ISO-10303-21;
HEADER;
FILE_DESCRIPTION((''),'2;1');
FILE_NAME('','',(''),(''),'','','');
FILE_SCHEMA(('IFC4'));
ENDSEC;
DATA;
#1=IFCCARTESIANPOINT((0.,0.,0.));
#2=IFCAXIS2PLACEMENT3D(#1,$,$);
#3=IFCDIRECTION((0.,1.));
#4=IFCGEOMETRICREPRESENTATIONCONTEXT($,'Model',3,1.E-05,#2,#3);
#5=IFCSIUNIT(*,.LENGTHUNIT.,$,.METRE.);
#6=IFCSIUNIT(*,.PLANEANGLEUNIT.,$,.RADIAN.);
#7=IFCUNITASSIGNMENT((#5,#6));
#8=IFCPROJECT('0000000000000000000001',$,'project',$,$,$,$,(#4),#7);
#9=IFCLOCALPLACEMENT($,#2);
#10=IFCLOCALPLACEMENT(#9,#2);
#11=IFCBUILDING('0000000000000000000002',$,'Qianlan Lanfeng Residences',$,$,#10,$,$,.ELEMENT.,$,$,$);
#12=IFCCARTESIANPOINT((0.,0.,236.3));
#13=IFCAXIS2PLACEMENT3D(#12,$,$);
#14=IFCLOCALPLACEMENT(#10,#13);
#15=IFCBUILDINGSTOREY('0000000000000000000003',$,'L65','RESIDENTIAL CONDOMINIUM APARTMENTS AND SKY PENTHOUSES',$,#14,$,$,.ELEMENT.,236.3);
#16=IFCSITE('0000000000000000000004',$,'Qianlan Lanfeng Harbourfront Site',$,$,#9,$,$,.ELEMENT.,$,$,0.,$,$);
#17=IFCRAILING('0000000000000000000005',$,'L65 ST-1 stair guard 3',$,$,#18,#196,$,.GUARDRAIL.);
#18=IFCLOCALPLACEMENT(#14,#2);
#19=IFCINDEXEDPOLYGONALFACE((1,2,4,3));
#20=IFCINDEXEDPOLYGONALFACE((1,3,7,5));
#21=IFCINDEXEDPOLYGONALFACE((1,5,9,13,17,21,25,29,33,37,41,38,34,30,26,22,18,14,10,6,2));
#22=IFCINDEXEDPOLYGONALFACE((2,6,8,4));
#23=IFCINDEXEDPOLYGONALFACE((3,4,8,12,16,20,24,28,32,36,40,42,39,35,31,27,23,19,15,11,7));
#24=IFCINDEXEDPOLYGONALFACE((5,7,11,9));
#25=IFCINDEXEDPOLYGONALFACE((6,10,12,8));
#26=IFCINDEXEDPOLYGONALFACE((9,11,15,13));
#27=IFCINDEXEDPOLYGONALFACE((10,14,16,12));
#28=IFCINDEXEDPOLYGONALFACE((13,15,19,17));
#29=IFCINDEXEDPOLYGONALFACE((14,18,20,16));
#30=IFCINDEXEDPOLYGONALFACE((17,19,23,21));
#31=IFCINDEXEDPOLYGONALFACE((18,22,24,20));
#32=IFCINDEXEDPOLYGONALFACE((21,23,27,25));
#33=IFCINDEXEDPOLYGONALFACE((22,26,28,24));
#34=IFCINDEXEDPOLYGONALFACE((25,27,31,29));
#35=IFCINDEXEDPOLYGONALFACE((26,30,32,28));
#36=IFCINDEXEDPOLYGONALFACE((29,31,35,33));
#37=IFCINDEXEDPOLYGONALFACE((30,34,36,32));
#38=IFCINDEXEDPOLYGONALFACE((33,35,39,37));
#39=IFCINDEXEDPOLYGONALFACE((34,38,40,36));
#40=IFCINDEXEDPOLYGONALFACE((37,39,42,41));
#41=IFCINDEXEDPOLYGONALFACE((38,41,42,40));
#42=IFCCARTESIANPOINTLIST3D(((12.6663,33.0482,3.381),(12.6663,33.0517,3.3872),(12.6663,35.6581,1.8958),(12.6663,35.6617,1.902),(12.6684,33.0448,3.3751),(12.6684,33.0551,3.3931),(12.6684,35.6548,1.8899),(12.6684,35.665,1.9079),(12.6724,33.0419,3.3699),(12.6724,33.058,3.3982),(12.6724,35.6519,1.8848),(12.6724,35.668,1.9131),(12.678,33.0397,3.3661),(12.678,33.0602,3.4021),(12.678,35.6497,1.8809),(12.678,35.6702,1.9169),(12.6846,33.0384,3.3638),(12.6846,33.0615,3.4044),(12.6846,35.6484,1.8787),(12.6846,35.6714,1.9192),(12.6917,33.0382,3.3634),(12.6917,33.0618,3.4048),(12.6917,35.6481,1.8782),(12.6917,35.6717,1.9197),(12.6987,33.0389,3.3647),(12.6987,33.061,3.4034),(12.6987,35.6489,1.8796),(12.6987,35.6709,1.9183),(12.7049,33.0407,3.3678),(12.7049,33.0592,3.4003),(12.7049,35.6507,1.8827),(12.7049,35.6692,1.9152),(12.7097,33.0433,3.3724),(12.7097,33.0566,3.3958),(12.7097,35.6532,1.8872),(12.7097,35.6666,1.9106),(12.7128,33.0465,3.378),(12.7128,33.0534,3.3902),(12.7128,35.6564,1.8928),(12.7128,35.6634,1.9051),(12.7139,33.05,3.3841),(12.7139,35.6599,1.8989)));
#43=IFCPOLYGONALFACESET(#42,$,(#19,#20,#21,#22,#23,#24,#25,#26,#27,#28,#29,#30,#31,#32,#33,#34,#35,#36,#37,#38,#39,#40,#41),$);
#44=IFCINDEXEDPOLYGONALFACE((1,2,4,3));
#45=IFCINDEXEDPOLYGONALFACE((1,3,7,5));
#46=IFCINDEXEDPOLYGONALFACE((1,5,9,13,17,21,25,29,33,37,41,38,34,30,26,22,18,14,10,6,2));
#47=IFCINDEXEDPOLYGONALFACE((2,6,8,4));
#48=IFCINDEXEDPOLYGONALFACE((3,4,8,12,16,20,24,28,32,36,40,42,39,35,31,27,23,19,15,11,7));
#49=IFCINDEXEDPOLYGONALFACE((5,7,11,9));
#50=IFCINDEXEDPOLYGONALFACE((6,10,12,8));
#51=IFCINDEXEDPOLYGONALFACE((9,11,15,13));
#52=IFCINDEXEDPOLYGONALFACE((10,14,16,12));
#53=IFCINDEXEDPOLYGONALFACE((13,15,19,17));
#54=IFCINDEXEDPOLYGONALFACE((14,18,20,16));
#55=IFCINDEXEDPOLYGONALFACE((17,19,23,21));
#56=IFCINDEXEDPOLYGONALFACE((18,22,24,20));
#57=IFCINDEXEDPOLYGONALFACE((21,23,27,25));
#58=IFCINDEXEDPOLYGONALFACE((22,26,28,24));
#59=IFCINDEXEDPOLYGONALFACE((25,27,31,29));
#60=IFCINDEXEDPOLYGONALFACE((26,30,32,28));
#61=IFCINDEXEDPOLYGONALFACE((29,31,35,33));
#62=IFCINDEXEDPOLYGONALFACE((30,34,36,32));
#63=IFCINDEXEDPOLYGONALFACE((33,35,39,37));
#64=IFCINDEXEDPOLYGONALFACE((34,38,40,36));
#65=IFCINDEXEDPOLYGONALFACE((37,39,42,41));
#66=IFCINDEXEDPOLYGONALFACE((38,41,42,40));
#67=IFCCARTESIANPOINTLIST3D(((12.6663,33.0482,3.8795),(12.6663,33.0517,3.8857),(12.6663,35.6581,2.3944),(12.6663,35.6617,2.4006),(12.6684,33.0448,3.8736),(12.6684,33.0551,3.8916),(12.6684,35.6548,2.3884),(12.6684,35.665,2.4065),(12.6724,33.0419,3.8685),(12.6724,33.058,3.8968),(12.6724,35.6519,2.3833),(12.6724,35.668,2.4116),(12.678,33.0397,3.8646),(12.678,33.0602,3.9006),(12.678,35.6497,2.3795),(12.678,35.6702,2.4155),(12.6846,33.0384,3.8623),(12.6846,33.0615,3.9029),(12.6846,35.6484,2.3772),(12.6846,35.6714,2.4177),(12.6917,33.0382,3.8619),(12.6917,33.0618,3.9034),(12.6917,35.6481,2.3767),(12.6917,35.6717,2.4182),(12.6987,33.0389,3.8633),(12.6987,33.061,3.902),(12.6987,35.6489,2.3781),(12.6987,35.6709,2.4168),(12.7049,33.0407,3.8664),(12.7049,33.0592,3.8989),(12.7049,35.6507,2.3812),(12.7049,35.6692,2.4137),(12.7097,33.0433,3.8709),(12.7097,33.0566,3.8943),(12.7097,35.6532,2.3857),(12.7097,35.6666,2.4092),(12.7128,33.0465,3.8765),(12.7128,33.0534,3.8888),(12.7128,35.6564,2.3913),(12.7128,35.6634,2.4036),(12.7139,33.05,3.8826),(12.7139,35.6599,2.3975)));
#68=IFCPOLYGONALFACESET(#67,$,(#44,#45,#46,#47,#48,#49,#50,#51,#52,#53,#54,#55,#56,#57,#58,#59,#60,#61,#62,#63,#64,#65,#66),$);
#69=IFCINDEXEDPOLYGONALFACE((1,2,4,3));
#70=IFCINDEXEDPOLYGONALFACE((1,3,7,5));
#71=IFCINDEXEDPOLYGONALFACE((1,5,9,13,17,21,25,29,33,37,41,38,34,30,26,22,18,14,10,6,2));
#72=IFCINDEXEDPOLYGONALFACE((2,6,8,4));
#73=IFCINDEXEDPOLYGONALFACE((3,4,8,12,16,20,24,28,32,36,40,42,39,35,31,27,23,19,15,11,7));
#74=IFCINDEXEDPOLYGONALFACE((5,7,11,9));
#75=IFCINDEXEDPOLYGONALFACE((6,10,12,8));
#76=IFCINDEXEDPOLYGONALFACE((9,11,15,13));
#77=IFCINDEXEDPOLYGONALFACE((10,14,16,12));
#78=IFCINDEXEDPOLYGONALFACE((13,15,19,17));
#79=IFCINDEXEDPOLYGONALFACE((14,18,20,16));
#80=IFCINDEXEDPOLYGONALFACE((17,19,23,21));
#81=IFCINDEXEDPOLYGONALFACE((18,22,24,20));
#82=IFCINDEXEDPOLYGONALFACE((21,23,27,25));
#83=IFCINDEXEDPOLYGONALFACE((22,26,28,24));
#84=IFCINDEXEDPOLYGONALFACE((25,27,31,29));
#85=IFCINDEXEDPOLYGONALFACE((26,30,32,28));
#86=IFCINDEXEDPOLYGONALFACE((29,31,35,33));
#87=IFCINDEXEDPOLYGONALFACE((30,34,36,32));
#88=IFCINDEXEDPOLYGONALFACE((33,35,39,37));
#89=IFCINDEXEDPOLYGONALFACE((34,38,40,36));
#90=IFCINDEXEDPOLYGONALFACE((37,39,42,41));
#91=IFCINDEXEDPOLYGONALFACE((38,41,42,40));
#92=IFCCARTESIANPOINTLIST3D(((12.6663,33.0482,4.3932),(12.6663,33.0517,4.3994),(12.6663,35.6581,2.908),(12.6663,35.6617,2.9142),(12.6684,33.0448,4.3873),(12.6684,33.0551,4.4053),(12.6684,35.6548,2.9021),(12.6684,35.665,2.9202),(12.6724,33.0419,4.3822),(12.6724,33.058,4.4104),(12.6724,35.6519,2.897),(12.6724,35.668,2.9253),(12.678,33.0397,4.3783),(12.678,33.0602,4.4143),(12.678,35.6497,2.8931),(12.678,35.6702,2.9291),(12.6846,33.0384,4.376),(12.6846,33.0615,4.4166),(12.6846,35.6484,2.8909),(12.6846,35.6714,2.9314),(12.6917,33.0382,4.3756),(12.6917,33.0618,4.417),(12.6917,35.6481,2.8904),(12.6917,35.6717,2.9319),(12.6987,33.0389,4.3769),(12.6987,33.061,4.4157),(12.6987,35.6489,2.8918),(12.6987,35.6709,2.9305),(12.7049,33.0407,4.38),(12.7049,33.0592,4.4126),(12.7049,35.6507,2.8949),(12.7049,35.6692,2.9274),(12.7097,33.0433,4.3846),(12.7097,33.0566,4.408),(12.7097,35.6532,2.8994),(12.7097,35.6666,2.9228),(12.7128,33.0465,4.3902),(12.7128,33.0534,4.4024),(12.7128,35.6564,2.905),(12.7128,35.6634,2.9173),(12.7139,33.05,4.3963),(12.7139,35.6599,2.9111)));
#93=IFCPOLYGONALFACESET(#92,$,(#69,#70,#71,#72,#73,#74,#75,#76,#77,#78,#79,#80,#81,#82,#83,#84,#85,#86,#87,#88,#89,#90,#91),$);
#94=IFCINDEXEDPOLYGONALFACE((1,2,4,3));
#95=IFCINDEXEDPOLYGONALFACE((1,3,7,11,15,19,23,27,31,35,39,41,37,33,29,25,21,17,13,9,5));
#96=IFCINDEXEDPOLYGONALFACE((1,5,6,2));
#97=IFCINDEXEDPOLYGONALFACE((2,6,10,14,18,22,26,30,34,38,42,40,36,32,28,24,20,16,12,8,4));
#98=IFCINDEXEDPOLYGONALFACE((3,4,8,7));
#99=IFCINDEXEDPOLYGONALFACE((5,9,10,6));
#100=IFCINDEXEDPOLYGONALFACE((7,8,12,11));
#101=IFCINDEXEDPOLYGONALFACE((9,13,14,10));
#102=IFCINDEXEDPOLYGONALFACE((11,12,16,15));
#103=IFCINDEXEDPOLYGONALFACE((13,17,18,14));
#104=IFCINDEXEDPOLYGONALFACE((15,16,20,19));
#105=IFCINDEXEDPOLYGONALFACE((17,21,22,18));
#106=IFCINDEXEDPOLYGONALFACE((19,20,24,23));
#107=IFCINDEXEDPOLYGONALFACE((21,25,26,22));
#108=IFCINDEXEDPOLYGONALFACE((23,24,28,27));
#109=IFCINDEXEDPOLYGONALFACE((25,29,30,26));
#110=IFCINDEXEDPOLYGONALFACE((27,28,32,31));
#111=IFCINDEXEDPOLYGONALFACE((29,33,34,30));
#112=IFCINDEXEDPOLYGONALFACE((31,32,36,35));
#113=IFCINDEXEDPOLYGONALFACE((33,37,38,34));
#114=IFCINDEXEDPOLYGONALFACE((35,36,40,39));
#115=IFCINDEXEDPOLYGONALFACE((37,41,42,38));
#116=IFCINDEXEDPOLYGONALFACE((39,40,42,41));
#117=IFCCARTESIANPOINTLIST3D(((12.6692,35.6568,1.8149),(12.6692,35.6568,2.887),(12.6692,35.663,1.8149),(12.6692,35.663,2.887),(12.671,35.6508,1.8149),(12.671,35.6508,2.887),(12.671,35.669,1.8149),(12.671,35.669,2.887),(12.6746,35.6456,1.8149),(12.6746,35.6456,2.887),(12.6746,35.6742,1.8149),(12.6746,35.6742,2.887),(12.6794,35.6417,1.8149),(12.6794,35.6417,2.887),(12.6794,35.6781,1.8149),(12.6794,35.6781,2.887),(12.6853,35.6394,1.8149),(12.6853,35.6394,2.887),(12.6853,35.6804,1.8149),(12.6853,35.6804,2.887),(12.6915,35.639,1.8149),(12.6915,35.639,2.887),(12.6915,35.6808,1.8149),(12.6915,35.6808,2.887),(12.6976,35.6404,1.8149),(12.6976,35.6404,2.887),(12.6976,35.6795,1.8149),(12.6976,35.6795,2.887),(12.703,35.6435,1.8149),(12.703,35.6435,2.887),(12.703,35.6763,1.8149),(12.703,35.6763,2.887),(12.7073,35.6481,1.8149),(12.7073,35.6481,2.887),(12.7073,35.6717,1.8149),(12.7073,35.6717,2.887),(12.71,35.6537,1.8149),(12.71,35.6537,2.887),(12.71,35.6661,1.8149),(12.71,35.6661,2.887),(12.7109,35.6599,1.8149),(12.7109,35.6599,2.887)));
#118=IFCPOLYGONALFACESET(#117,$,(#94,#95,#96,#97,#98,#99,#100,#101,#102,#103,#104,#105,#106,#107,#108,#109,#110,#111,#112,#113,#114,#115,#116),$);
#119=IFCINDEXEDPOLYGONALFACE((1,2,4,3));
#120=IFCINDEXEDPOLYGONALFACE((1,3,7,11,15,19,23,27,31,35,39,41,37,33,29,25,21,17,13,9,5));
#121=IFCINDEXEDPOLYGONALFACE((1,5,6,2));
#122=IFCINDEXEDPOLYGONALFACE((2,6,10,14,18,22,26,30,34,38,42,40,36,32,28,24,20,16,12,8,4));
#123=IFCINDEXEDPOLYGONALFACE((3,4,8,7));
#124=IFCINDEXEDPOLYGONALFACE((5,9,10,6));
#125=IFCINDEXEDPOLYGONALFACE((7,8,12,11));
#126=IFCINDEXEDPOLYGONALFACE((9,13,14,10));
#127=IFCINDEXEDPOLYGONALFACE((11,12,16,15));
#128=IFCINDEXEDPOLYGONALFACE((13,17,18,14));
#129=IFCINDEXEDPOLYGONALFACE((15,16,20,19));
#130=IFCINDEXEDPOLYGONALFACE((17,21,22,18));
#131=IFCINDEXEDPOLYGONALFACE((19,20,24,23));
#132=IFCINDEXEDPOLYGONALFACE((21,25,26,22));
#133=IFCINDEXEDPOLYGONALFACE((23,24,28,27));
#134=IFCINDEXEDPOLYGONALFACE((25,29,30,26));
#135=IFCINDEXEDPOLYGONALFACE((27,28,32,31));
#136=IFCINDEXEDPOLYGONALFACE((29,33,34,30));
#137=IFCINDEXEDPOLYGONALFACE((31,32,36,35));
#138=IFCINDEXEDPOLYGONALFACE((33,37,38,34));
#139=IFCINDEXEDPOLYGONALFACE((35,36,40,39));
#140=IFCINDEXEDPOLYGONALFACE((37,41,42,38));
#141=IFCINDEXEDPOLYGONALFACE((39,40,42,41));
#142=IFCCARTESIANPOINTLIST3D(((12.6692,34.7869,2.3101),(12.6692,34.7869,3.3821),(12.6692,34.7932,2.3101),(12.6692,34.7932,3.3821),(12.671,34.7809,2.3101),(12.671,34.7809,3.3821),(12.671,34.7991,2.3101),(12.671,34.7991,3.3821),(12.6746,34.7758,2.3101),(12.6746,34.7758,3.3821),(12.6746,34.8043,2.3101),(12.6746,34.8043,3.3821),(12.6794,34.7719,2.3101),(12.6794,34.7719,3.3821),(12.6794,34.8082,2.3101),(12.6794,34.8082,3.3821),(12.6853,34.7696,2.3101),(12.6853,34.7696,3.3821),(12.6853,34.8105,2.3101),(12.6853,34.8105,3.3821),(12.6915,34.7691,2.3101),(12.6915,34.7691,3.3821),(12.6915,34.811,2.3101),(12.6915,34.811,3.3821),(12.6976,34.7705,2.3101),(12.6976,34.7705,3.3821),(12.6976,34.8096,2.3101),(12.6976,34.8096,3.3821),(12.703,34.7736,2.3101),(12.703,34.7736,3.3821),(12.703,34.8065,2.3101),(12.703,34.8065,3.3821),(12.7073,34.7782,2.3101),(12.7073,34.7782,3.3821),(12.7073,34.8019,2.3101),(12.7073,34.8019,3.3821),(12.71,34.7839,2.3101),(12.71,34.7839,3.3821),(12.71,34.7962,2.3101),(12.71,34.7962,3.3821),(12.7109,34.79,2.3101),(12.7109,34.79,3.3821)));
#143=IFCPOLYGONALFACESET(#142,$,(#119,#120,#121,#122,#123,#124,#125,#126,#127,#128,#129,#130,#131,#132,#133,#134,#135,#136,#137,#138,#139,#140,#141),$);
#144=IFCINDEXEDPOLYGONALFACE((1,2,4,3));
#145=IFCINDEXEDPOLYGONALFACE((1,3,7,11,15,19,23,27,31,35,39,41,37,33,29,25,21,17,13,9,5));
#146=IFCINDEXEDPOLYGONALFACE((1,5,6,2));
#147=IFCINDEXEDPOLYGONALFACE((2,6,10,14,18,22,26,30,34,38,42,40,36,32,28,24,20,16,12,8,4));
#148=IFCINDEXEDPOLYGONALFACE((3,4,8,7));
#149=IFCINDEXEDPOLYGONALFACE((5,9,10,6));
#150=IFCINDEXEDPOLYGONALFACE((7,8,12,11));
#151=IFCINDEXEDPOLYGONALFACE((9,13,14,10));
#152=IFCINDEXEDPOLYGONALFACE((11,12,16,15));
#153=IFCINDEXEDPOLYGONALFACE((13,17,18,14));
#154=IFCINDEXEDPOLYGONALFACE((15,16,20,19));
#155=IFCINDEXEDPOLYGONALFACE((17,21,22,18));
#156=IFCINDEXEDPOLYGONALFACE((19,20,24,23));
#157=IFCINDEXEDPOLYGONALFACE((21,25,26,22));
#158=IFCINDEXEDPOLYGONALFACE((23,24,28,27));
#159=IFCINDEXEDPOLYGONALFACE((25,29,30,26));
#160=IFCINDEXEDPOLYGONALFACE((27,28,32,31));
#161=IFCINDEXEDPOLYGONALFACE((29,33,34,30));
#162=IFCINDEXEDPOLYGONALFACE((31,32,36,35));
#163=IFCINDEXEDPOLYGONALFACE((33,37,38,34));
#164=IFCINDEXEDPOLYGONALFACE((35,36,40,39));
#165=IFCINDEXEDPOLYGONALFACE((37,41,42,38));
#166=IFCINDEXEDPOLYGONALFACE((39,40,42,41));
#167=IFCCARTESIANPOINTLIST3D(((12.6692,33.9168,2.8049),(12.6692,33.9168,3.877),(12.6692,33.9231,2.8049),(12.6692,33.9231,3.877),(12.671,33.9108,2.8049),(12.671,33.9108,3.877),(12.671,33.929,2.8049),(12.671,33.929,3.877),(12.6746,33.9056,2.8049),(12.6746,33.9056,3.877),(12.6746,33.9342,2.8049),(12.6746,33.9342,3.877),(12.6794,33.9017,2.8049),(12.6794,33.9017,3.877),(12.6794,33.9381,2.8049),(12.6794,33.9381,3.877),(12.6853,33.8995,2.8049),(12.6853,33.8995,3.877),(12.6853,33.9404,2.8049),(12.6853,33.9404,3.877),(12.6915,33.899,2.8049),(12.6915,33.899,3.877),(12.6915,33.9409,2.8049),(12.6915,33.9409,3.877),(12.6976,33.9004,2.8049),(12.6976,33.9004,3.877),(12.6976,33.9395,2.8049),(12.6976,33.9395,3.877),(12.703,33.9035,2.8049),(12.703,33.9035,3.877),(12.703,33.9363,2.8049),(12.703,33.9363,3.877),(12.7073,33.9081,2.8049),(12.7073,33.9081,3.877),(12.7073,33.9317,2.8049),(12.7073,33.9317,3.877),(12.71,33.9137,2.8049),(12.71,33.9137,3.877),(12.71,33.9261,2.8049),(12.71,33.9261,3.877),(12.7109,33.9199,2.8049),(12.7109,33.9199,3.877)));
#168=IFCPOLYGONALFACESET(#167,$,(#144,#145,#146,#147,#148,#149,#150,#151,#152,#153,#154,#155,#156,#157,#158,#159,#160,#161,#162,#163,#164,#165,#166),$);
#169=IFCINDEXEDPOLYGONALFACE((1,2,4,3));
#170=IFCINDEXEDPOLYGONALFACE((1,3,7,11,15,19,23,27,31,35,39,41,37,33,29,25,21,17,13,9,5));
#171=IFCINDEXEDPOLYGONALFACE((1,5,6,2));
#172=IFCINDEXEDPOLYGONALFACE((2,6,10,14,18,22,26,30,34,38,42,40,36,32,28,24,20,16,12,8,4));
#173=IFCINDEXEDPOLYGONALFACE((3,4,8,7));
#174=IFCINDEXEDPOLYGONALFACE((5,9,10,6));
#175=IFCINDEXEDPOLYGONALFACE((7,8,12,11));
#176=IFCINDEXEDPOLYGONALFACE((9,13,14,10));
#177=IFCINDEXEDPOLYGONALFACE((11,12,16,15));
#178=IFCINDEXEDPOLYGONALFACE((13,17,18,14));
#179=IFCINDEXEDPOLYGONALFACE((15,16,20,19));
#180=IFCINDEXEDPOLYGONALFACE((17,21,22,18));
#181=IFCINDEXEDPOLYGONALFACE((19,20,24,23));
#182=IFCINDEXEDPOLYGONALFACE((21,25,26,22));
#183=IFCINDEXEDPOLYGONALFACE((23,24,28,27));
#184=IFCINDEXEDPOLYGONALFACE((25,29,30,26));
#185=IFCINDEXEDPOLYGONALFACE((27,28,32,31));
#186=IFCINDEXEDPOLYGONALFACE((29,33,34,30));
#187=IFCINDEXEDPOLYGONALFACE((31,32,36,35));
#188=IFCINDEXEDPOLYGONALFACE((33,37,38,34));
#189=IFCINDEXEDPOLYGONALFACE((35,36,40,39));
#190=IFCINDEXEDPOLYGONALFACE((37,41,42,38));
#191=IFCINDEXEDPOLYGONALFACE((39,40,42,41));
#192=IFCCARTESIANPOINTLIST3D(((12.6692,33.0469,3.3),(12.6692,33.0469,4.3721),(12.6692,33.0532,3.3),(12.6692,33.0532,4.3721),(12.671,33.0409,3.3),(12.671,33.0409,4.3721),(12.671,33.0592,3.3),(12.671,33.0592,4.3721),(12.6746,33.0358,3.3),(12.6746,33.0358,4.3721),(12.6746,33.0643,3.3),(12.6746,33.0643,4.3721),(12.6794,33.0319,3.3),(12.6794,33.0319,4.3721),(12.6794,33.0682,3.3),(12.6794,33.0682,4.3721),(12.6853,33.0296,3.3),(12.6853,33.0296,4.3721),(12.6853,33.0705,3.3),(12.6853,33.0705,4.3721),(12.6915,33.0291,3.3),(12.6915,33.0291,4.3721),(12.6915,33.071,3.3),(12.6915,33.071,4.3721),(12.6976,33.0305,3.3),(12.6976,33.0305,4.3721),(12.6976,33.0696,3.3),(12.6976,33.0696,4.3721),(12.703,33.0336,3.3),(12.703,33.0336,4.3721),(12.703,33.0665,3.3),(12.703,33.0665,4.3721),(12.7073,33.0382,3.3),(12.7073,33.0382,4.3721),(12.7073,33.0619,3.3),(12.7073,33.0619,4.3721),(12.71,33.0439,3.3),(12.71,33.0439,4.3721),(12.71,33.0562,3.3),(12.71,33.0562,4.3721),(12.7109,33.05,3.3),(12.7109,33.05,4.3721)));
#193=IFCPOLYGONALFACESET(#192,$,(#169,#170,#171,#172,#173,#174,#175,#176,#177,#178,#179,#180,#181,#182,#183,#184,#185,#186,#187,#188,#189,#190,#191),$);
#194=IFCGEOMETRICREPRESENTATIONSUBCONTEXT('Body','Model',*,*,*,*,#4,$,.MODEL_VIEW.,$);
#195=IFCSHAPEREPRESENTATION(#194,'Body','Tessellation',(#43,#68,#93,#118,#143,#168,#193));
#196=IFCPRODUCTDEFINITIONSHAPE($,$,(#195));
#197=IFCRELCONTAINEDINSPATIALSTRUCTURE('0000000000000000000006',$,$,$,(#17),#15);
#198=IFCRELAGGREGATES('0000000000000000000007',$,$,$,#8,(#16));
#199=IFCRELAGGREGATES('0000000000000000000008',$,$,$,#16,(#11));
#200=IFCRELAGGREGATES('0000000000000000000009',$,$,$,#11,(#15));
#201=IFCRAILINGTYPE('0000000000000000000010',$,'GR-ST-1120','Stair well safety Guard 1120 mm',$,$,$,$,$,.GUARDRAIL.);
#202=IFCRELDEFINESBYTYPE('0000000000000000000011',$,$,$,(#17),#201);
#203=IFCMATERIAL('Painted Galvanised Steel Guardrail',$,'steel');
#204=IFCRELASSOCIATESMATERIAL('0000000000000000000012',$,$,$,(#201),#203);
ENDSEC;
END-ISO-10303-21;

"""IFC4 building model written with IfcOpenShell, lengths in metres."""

from ifc_helpers import new_model, si_unit, direction, frame, origin, origin_2d, place, context, subcontext, project, spatial, circle, extrude, material, type_object, element, save


model = new_model("IFC4")

# Units and contexts
model_context = context("Model", 3, precision=1e-05, world=origin(), true_north=direction((0.0, 1.0)))
body_context = subcontext(model_context, "Body", "Model", "MODEL_VIEW")
ifc_project = project(units=[si_unit("LENGTHUNIT", "METRE"), si_unit("PLANEANGLEUNIT", "RADIAN")], contexts=[model_context])

# Site, building, storey
site_placement = place(None, origin())
site = spatial("IfcSite", under=ifc_project, at=site_placement, Name="Qianlan Lanfeng Harbourfront Site", CompositionType="ELEMENT", RefElevation=0.0)
building_placement = place(site_placement, origin())
building = spatial("IfcBuilding", under=site, at=building_placement, Name="Qianlan Lanfeng Residences", CompositionType="ELEMENT")
storey_placement = place(building_placement, frame((0.0, 0.0, 236.3)))
storey = spatial("IfcBuildingStorey", under=building, at=storey_placement, Name="L65", Description="RESIDENTIAL CONDOMINIUM APARTMENTS AND SKY PENTHOUSES", CompositionType="ELEMENT", Elevation=236.3)

# Railing
ifc_material_1 = material(Name="Painted Galvanised Steel Guardrail", Category="steel")
railing_type = type_object("IfcRailingType", Name="GR-ST-1120", Description="Stair well safety Guard 1120 mm", PredefinedType="GUARDRAIL", material=ifc_material_1)
railing_1_placement = place(storey_placement, frame((12.6899, 35.6599, 1.8149)))
element("IfcRailing", 1, at=railing_1_placement, inside=storey, type_object=railing_type, Name="L65 ST-1 stair guard 3", PredefinedType="GUARDRAIL", context=body_context, shape_type="SweptSolid", body=[
    extrude(circle(Radius=0.0239, at=origin_2d()), frame((0.0, 0.0, 0.084), z_axis=(0.0, -0.869137, 0.494571), x_axis=(1.0, 0.0, 0.0)), (0.0, 0.0, 1.0), 3.0029),
    extrude(circle(Radius=0.0239, at=origin_2d()), frame((0.0, 0.0, 0.5825), z_axis=(0.0, -0.869137, 0.494571), x_axis=(1.0, 0.0, 0.0)), (0.0, 0.0, 1.0), 3.0029),
    extrude(circle(Radius=0.0239, at=origin_2d()), frame((0.0, 0.0, 1.0962), z_axis=(0.0, -0.869137, 0.494571), x_axis=(1.0, 0.0, 0.0)), (0.0, 0.0, 1.0), 3.0029),
    extrude(circle(Radius=0.021, at=origin_2d()), origin(), (0.0, 0.0, 1.0), 1.072),
    extrude(circle(Radius=0.021, at=origin_2d()), frame((0.0, -0.8699, 0.4951)), (0.0, 0.0, 1.0), 1.072),
    extrude(circle(Radius=0.021, at=origin_2d()), frame((0.0, -1.74, 0.99)), (0.0, 0.0, 1.0), 1.072),
    extrude(circle(Radius=0.021, at=origin_2d()), frame((0.0, -2.6099, 1.4851)), (0.0, 0.0, 1.0), 1.072),
])

save(model, "model.ifc")
